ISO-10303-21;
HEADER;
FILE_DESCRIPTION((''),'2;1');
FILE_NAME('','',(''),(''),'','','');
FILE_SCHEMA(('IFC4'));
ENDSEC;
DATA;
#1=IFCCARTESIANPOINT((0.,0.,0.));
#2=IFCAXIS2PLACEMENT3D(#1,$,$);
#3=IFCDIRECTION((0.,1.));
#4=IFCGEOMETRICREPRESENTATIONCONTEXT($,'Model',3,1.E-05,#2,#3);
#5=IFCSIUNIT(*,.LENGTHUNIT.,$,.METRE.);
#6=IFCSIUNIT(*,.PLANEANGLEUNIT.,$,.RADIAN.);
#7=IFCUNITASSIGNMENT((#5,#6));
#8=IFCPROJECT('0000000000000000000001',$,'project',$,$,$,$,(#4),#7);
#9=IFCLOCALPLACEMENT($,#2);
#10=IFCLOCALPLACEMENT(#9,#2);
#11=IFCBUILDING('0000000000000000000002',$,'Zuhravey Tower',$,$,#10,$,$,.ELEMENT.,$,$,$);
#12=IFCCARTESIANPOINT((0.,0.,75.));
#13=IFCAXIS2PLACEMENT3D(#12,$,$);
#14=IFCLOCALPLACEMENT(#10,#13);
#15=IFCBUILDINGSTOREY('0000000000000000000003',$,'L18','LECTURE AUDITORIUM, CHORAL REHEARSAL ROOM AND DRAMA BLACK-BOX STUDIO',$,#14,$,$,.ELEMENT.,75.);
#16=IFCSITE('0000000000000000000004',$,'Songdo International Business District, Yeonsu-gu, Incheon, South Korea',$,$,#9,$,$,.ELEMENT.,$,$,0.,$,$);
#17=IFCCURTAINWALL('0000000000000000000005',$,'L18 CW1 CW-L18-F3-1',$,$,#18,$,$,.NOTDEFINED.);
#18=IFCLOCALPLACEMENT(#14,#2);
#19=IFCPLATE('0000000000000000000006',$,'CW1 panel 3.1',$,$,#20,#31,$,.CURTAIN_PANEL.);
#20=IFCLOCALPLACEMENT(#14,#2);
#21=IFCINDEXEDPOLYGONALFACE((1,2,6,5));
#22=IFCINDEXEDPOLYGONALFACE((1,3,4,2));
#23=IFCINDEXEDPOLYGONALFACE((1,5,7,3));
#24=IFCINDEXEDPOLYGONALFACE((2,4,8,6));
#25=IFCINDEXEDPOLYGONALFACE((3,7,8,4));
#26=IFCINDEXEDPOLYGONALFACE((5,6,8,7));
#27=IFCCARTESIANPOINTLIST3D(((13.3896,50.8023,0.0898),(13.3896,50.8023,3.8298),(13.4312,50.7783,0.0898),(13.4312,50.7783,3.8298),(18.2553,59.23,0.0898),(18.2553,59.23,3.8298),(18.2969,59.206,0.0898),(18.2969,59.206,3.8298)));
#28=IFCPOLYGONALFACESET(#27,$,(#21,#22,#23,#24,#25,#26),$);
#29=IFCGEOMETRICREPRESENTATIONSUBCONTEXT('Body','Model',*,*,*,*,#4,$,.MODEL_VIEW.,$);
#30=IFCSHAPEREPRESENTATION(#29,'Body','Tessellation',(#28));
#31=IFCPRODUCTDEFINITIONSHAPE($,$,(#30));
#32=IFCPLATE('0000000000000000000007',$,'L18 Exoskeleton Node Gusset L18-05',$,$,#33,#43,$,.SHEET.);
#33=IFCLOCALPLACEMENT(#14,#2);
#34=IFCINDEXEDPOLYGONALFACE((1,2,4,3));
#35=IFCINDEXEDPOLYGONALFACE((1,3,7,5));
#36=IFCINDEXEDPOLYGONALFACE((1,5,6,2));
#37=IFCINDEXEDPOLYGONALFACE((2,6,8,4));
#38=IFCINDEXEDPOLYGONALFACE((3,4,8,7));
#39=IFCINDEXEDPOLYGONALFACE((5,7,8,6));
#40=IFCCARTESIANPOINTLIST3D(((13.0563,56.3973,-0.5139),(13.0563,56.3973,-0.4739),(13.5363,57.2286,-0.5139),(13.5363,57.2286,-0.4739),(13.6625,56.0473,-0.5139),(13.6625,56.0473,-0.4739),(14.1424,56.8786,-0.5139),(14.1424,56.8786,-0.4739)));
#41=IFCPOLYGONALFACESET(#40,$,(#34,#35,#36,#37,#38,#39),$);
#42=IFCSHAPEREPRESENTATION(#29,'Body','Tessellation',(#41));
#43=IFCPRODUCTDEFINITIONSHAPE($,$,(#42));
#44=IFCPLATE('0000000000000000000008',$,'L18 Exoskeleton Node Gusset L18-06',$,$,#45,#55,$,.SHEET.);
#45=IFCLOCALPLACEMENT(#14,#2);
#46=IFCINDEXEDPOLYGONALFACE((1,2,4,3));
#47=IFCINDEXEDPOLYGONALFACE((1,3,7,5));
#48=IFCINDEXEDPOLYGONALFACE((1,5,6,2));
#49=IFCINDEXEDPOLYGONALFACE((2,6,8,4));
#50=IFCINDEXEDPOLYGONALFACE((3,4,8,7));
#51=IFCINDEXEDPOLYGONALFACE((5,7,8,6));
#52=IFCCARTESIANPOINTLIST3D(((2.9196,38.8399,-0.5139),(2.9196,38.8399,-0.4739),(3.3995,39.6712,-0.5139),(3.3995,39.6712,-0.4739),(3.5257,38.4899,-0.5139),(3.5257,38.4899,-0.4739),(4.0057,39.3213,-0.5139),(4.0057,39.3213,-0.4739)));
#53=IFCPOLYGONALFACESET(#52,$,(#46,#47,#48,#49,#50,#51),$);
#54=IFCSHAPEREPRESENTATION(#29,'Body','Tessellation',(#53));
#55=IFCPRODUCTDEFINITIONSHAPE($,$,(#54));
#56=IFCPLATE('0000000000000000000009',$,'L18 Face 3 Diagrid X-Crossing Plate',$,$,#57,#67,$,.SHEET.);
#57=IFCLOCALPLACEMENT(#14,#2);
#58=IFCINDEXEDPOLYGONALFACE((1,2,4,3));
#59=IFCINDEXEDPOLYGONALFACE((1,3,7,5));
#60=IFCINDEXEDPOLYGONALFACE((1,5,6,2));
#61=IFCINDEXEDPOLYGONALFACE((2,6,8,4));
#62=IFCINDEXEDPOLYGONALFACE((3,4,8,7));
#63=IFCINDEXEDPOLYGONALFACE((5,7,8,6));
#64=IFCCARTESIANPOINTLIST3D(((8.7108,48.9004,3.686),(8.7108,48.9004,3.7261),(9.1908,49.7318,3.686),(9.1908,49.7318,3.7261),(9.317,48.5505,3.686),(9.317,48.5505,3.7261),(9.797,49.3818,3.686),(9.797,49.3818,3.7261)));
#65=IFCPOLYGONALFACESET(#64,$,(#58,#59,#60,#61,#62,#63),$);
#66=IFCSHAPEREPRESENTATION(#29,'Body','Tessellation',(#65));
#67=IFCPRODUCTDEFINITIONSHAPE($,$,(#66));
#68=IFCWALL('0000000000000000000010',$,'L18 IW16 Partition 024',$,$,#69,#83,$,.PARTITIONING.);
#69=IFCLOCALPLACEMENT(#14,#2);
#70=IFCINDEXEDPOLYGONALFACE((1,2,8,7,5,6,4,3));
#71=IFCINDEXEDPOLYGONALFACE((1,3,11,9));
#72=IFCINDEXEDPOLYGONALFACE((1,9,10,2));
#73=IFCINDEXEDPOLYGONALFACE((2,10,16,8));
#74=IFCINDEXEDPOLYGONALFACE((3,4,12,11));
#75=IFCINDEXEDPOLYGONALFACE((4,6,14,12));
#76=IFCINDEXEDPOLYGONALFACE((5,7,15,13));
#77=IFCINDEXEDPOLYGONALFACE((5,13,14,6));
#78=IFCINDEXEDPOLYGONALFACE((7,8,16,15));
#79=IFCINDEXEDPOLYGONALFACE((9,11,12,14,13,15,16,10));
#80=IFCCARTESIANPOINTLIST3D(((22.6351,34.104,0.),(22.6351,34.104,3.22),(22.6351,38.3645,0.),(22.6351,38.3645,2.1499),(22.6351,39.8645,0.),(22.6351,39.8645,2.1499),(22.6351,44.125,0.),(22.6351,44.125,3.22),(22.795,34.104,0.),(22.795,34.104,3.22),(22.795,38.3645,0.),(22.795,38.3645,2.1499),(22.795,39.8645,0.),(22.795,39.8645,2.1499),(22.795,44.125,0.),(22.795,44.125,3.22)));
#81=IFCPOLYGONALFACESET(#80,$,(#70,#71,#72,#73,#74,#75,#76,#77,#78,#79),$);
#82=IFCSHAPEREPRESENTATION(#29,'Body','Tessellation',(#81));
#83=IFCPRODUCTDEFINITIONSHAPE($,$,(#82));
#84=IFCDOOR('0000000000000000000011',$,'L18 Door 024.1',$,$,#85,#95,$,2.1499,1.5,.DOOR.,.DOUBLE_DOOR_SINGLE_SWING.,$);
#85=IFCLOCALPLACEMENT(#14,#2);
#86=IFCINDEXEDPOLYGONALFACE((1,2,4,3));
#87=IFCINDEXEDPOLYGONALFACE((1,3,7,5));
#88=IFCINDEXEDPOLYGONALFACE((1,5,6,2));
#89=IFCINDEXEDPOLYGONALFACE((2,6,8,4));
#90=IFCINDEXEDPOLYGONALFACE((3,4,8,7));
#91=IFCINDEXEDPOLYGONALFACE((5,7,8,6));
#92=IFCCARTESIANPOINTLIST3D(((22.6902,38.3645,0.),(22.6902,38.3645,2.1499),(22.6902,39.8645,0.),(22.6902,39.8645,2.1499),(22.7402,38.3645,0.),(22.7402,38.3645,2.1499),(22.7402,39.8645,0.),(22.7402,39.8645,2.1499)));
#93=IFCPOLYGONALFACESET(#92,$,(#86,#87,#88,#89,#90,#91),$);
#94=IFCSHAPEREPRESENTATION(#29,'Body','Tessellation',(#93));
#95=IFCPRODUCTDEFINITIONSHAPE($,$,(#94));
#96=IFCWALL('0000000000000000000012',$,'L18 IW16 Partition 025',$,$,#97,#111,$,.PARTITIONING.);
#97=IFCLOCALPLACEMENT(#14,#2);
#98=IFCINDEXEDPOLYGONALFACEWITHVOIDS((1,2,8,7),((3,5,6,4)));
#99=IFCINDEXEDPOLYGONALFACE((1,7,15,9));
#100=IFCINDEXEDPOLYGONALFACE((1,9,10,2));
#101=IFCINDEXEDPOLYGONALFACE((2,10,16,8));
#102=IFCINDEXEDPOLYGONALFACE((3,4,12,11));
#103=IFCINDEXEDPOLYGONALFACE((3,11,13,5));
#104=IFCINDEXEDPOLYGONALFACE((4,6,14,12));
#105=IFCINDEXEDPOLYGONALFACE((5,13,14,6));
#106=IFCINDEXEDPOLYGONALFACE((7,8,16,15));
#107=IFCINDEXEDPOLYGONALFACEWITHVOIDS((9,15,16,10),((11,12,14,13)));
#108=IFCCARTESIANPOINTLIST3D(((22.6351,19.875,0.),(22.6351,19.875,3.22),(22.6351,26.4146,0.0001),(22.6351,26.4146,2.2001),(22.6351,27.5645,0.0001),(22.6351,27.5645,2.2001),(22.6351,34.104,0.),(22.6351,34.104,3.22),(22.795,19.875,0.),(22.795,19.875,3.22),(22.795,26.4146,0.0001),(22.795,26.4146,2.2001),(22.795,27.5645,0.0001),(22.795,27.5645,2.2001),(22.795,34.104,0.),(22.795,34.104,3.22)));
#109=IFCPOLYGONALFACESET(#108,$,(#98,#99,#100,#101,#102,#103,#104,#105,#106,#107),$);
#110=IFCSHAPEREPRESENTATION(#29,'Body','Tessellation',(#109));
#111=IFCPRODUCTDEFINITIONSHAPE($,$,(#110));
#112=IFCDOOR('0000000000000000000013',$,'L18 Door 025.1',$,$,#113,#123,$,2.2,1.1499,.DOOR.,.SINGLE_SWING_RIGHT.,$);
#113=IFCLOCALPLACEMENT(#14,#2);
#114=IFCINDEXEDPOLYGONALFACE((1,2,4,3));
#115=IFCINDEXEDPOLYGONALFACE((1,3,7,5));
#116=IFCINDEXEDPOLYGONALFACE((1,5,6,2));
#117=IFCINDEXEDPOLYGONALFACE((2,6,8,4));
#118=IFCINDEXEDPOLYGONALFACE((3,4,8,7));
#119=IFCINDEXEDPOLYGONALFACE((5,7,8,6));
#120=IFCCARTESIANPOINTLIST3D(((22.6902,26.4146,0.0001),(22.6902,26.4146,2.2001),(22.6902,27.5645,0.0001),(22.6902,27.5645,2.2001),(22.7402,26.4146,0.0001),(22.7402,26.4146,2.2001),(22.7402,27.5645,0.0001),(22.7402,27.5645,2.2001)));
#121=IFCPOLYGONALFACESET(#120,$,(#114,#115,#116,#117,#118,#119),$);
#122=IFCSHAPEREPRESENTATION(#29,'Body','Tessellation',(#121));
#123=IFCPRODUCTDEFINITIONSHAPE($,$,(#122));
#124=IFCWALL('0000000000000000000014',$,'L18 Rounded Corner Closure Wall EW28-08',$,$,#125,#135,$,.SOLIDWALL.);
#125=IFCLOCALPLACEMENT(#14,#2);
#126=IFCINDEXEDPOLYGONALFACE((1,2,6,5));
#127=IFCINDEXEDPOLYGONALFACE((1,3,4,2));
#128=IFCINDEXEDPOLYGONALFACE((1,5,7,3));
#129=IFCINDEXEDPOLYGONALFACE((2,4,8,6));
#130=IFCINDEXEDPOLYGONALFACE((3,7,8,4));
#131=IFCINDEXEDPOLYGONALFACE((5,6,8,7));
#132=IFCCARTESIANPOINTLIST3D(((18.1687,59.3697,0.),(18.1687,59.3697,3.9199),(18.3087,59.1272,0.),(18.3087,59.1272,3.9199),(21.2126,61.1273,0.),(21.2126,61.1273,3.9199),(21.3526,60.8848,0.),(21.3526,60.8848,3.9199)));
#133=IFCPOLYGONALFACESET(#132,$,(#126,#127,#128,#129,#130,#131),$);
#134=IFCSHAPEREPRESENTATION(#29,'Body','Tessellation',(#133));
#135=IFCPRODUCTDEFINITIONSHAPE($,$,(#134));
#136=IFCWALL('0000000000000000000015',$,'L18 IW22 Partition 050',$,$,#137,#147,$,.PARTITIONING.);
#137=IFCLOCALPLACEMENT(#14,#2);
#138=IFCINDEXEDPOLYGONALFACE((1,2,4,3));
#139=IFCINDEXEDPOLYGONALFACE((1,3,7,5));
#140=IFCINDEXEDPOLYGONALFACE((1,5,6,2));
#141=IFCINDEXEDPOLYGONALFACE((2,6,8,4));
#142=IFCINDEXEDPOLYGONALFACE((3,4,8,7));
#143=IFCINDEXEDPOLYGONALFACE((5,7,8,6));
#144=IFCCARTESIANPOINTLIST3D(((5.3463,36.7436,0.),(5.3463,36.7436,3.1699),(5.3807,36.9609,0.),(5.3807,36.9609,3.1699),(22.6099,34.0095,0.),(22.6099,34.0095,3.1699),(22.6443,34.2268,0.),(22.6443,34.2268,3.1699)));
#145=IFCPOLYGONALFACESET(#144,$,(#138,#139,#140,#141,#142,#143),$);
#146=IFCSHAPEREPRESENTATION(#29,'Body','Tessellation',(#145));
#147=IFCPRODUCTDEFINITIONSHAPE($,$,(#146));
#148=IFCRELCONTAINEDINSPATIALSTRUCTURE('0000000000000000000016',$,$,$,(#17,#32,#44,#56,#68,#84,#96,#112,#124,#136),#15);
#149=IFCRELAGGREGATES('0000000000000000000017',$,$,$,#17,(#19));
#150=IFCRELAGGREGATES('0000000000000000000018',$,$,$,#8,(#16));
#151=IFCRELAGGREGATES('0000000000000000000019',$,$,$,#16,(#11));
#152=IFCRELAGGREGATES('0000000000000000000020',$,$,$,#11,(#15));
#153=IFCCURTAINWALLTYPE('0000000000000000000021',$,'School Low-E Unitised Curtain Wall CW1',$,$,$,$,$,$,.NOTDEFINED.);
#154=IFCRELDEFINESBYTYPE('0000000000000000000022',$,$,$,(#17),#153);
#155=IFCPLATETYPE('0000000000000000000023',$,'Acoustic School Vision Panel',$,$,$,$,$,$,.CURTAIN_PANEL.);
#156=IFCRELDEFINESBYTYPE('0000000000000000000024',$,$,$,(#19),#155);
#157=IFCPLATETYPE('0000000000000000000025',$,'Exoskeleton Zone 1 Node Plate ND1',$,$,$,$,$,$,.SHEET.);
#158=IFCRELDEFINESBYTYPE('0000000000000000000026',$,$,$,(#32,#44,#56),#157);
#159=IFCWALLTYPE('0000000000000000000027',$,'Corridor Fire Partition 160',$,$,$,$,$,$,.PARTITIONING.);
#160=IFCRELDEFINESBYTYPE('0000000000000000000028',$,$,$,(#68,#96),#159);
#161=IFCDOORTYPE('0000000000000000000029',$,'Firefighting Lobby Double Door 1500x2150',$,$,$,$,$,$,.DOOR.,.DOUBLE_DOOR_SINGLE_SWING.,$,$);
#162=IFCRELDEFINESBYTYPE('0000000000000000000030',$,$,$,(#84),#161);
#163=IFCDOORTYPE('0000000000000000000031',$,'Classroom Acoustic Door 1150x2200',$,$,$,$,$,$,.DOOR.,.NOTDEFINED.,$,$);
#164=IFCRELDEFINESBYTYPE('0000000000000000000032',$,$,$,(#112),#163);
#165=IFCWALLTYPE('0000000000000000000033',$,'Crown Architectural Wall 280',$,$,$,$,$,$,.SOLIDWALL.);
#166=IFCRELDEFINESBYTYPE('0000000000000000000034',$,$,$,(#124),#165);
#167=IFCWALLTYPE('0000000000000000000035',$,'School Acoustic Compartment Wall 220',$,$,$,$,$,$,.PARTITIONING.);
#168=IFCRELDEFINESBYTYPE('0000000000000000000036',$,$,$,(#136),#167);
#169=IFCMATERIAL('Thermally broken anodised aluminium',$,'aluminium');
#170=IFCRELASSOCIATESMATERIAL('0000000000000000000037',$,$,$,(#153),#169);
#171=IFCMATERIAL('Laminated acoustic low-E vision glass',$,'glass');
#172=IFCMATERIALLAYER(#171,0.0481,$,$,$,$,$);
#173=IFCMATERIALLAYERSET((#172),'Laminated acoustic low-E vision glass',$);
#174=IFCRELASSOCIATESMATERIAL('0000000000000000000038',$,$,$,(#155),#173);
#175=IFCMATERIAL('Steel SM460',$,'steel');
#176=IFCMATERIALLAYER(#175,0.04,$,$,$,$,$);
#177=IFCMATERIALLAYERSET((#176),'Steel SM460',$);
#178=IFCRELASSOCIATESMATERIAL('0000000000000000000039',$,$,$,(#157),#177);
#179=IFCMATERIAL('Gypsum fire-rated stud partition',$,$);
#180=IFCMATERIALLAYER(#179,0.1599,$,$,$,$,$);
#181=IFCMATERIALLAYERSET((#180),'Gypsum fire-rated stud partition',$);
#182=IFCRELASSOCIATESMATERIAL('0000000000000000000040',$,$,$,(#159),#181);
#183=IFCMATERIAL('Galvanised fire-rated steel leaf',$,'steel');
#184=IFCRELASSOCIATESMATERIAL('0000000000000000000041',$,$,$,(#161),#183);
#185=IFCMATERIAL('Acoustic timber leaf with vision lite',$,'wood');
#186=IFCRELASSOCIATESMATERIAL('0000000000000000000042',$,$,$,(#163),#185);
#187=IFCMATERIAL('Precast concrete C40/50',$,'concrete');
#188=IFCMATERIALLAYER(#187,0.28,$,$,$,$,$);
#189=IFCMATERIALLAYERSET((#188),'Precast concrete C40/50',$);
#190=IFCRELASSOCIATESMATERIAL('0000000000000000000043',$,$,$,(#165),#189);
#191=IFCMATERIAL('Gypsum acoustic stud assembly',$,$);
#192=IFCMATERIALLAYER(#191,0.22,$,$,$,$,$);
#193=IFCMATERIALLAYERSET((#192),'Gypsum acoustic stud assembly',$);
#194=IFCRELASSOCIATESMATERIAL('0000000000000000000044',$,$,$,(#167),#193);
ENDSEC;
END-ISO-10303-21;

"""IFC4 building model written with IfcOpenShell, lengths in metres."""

from ifc_helpers import new_model, si_unit, direction, frame, frame_2d, origin, origin_2d, place, context, subcontext, project, spatial, rectangle, extrude, material, layer, layer_set, type_object, element, fill, aggregate, save


model = new_model("IFC4")

# Units and contexts
model_context = context("Model", 3, precision=1e-05, world=origin(), true_north=direction((0.0, 1.0)))
body_context = subcontext(model_context, "Body", "Model", "MODEL_VIEW")
ifc_project = project(units=[si_unit("LENGTHUNIT", "METRE"), si_unit("PLANEANGLEUNIT", "RADIAN")], contexts=[model_context])

# Site, building, storey
site_placement = place(None, origin())
site = spatial("IfcSite", under=ifc_project, at=site_placement, Name="Songdo International Business District, Yeonsu-gu, Incheon, South Korea", CompositionType="ELEMENT", RefElevation=0.0)
building_placement = place(site_placement, origin())
building = spatial("IfcBuilding", under=site, at=building_placement, Name="Zuhravey Tower", CompositionType="ELEMENT")
storey_placement = place(building_placement, frame((0.0, 0.0, 75.0)))
storey = spatial("IfcBuildingStorey", under=building, at=storey_placement, Name="L18", Description="LECTURE AUDITORIUM, CHORAL REHEARSAL ROOM AND DRAMA BLACK-BOX STUDIO", CompositionType="ELEMENT", Elevation=75.0)

# Curtain wall
ifc_material_1 = material(Name="Thermally broken anodised aluminium", Category="aluminium")
curtain_wall_type = type_object("IfcCurtainWallType", Name="School Low-E Unitised Curtain Wall CW1", PredefinedType="NOTDEFINED", material=ifc_material_1)
curtain_wall_1_placement = place(storey_placement, origin())
curtain_wall_1 = element("IfcCurtainWall", 1, at=curtain_wall_1_placement, inside=storey, type_object=curtain_wall_type, Name="L18 CW1 CW-L18-F3-1", PredefinedType="NOTDEFINED")

# Shared definitions
ifc_material_2 = material(Name="Steel SM460", Category="steel")

# Plate
ifc_material_3 = material(Name="Laminated acoustic low-E vision glass", Category="glass")
ifc_layer_1 = layer(ifc_material_3, 0.0481)
ifc_layer_set_1 = layer_set([ifc_layer_1], Name="Laminated acoustic low-E vision glass")
plate_type_1 = type_object("IfcPlateType", Name="Acoustic School Vision Panel", PredefinedType="CURTAIN_PANEL", material=ifc_layer_set_1)
plate_1_placement = place(storey_placement, frame((15.8433, 55.0042, 0.0898), z_axis=(0.0, 0.0, 1.0), x_axis=(0.5, 0.866026, 0.0)))
plate_1 = element("IfcPlate", 2, at=plate_1_placement, type_object=plate_type_1, Name="CW1 panel 3.1", PredefinedType="CURTAIN_PANEL", context=body_context, shape_type="SweptSolid", body=[
    extrude(rectangle(XDim=9.7314, YDim=0.0481, at=origin_2d()), origin(), (0.0, 0.0, 1.0), 3.74),
])
aggregate(curtain_wall_1, [plate_1])

# Plates
ifc_layer_2 = layer(ifc_material_2, 0.04)
ifc_layer_set_2 = layer_set([ifc_layer_2], Name="Steel SM460")
plate_type_2 = type_object("IfcPlateType", Name="Exoskeleton Zone 1 Node Plate ND1", PredefinedType="SHEET", material=ifc_layer_set_2)
for number, where, z_axis, x_axis, name in (
    (3, (13.5994, 56.6379, -0.5139), (0.0, 0.0, 1.0), (-0.5, -0.866025, 0.0), "L18 Exoskeleton Node Gusset L18-05"),
    (4, (3.4626, 39.0806, -0.5139), (0.0, 0.0, 1.0), (-0.5, -0.866025, 0.0), "L18 Exoskeleton Node Gusset L18-06"),
    (5, (9.2539, 49.1411, 3.686), (0.0, 0.0, 1.0), (-0.5, -0.866025, 0.0), "L18 Face 3 Diagrid X-Crossing Plate"),
):
    element("IfcPlate", number, at=place(storey_placement, frame(where, z_axis=z_axis, x_axis=x_axis)), inside=storey, type_object=plate_type_2, Name=name, PredefinedType="SHEET", context=body_context, shape_type="SweptSolid", body=[
        extrude(rectangle(XDim=0.96, YDim=0.7, at=origin_2d()), origin(), (0.0, 0.0, 1.0), 0.04),
    ])

# Walls, openings, doors
ifc_material_4 = material(Name="Gypsum fire-rated stud partition")
ifc_layer_3 = layer(ifc_material_4, 0.1599)
ifc_layer_set_3 = layer_set([ifc_layer_3], Name="Gypsum fire-rated stud partition")
wall_type_1 = type_object("IfcWallType", Name="Corridor Fire Partition 160", PredefinedType="PARTITIONING", material=ifc_layer_set_3)
wall_1_placement = place(storey_placement, frame((22.7151, 44.125, 0.0), z_axis=(0.0, 0.0, 1.0), x_axis=(0.0, -1.0, 0.0)))
wall_1 = element("IfcWall", 6, at=wall_1_placement, inside=storey, type_object=wall_type_1, Name="L18 IW16 Partition 024", PredefinedType="PARTITIONING", context=body_context, shape_type="SweptSolid", body=[
    extrude(rectangle(XDim=10.021, YDim=0.1599, at=frame_2d((5.0105, 0.0))), origin(), (0.0, 0.0, 1.0), 3.22),
])
opening_1_placement = place(wall_1_placement, frame((4.2605, 0.0, 0.0)))
opening_1 = element("IfcOpeningElement", 7, at=opening_1_placement, cuts=wall_1, PredefinedType="OPENING", context=body_context, shape_type="SweptSolid", body=[
    extrude(rectangle(XDim=1.5, YDim=2.1499, at=frame_2d((0.75, 1.075))), frame((0.0, 0.092, 0.0), z_axis=(0.0, -1.0, 0.0), x_axis=(1.0, 0.0, 0.0)), (0.0, 0.0, 1.0), 0.1838),
])
ifc_material_5 = material(Name="Galvanised fire-rated steel leaf", Category="steel")
door_type_1 = type_object("IfcDoorType", Name="Firefighting Lobby Double Door 1500x2150", OperationType="DOUBLE_DOOR_SINGLE_SWING", PredefinedType="DOOR", material=ifc_material_5)
door_1_placement = place(opening_1_placement, frame((1.5, 0.0, 0.0), z_axis=(0.0, 0.0, 1.0), x_axis=(-1.0, 0.0, 0.0)))
door_1 = element("IfcDoor", 8, at=door_1_placement, inside=storey, type_object=door_type_1, Name="L18 Door 024.1", OperationType="DOUBLE_DOOR_SINGLE_SWING", OverallHeight=2.1499, OverallWidth=1.5, PredefinedType="DOOR", context=body_context, shape_type="SweptSolid", body=[
    extrude(rectangle(XDim=1.5, YDim=2.1499, at=frame_2d((0.75, 1.075))), frame((0.0, 0.0249, 0.0), z_axis=(0.0, -1.0, 0.0), x_axis=(1.0, 0.0, 0.0)), (0.0, 0.0, 1.0), 0.05),
])
fill(opening_1, door_1)
wall_2_placement = place(storey_placement, frame((22.7151, 34.104, 0.0), z_axis=(0.0, 0.0, 1.0), x_axis=(0.0, -1.0, 0.0)))
wall_2 = element("IfcWall", 9, at=wall_2_placement, inside=storey, type_object=wall_type_1, Name="L18 IW16 Partition 025", PredefinedType="PARTITIONING", context=body_context, shape_type="SweptSolid", body=[
    extrude(rectangle(XDim=14.229, YDim=0.1599, at=frame_2d((7.1145, 0.0))), origin(), (0.0, 0.0, 1.0), 3.22),
])
opening_2_placement = place(wall_2_placement, frame((6.5396, 0.0, 0.0)))
opening_2 = element("IfcOpeningElement", 10, at=opening_2_placement, cuts=wall_2, PredefinedType="OPENING", context=body_context, shape_type="SweptSolid", body=[
    extrude(rectangle(XDim=1.1499, YDim=2.2, at=frame_2d((0.575, 1.1001))), frame((0.0, 0.092, 0.0), z_axis=(0.0, -1.0, 0.0), x_axis=(1.0, 0.0, 0.0)), (0.0, 0.0, 1.0), 0.1838),
])
ifc_material_6 = material(Name="Acoustic timber leaf with vision lite", Category="wood")
door_type_2 = type_object("IfcDoorType", Name="Classroom Acoustic Door 1150x2200", OperationType="NOTDEFINED", PredefinedType="DOOR", material=ifc_material_6)
door_2_placement = place(opening_2_placement, frame((1.1499, 0.0, 0.0), z_axis=(0.0, 0.0, 1.0), x_axis=(-1.0, 0.0, 0.0)))
door_2 = element("IfcDoor", 11, at=door_2_placement, inside=storey, type_object=door_type_2, Name="L18 Door 025.1", OperationType="SINGLE_SWING_RIGHT", OverallHeight=2.2, OverallWidth=1.1499, PredefinedType="DOOR", context=body_context, shape_type="SweptSolid", body=[
    extrude(rectangle(XDim=1.1499, YDim=2.2, at=frame_2d((0.575, 1.1001))), frame((0.0, 0.0249, 0.0), z_axis=(0.0, -1.0, 0.0), x_axis=(1.0, 0.0, 0.0)), (0.0, 0.0, 1.0), 0.05),
])
fill(opening_2, door_2)

# Walls
ifc_material_7 = material(Name="Precast concrete C40/50", Category="concrete")
ifc_layer_4 = layer(ifc_material_7, 0.28)
ifc_layer_set_4 = layer_set([ifc_layer_4], Name="Precast concrete C40/50")
wall_type_2 = type_object("IfcWallType", Name="Crown Architectural Wall 280", PredefinedType="SOLIDWALL", material=ifc_layer_set_4)
wall_3_placement = place(storey_placement, frame((18.2388, 59.2485, 0.0), z_axis=(0.0, 0.0, 1.0), x_axis=(0.866007, 0.500031, 0.0)))
element("IfcWall", 12, at=wall_3_placement, inside=storey, type_object=wall_type_2, Name="L18 Rounded Corner Closure Wall EW28-08", PredefinedType="SOLIDWALL", context=body_context, shape_type="SweptSolid", body=[
    extrude(rectangle(XDim=3.5149, YDim=0.28, at=frame_2d((1.7573, 0.0))), origin(), (0.0, 0.0, 1.0), 3.9199),
])
ifc_material_8 = material(Name="Gypsum acoustic stud assembly")
ifc_layer_5 = layer(ifc_material_8, 0.22)
ifc_layer_set_5 = layer_set([ifc_layer_5], Name="Gypsum acoustic stud assembly")
wall_type_3 = type_object("IfcWallType", Name="School Acoustic Compartment Wall 220", PredefinedType="PARTITIONING", material=ifc_layer_set_5)
wall_4_placement = place(storey_placement, frame((22.627, 34.1182, 0.0), z_axis=(0.0, 0.0, 1.0), x_axis=(-0.98769, 0.156425, 0.0)))
element("IfcWall", 13, at=wall_4_placement, inside=storey, type_object=wall_type_3, Name="L18 IW22 Partition 050", PredefinedType="PARTITIONING", context=body_context, shape_type="SweptSolid", body=[
    extrude(rectangle(XDim=17.4788, YDim=0.22, at=frame_2d((8.7393, 0.0))), origin(), (0.0, 0.0, 1.0), 3.1699),
])

save(model, "model.ifc")
